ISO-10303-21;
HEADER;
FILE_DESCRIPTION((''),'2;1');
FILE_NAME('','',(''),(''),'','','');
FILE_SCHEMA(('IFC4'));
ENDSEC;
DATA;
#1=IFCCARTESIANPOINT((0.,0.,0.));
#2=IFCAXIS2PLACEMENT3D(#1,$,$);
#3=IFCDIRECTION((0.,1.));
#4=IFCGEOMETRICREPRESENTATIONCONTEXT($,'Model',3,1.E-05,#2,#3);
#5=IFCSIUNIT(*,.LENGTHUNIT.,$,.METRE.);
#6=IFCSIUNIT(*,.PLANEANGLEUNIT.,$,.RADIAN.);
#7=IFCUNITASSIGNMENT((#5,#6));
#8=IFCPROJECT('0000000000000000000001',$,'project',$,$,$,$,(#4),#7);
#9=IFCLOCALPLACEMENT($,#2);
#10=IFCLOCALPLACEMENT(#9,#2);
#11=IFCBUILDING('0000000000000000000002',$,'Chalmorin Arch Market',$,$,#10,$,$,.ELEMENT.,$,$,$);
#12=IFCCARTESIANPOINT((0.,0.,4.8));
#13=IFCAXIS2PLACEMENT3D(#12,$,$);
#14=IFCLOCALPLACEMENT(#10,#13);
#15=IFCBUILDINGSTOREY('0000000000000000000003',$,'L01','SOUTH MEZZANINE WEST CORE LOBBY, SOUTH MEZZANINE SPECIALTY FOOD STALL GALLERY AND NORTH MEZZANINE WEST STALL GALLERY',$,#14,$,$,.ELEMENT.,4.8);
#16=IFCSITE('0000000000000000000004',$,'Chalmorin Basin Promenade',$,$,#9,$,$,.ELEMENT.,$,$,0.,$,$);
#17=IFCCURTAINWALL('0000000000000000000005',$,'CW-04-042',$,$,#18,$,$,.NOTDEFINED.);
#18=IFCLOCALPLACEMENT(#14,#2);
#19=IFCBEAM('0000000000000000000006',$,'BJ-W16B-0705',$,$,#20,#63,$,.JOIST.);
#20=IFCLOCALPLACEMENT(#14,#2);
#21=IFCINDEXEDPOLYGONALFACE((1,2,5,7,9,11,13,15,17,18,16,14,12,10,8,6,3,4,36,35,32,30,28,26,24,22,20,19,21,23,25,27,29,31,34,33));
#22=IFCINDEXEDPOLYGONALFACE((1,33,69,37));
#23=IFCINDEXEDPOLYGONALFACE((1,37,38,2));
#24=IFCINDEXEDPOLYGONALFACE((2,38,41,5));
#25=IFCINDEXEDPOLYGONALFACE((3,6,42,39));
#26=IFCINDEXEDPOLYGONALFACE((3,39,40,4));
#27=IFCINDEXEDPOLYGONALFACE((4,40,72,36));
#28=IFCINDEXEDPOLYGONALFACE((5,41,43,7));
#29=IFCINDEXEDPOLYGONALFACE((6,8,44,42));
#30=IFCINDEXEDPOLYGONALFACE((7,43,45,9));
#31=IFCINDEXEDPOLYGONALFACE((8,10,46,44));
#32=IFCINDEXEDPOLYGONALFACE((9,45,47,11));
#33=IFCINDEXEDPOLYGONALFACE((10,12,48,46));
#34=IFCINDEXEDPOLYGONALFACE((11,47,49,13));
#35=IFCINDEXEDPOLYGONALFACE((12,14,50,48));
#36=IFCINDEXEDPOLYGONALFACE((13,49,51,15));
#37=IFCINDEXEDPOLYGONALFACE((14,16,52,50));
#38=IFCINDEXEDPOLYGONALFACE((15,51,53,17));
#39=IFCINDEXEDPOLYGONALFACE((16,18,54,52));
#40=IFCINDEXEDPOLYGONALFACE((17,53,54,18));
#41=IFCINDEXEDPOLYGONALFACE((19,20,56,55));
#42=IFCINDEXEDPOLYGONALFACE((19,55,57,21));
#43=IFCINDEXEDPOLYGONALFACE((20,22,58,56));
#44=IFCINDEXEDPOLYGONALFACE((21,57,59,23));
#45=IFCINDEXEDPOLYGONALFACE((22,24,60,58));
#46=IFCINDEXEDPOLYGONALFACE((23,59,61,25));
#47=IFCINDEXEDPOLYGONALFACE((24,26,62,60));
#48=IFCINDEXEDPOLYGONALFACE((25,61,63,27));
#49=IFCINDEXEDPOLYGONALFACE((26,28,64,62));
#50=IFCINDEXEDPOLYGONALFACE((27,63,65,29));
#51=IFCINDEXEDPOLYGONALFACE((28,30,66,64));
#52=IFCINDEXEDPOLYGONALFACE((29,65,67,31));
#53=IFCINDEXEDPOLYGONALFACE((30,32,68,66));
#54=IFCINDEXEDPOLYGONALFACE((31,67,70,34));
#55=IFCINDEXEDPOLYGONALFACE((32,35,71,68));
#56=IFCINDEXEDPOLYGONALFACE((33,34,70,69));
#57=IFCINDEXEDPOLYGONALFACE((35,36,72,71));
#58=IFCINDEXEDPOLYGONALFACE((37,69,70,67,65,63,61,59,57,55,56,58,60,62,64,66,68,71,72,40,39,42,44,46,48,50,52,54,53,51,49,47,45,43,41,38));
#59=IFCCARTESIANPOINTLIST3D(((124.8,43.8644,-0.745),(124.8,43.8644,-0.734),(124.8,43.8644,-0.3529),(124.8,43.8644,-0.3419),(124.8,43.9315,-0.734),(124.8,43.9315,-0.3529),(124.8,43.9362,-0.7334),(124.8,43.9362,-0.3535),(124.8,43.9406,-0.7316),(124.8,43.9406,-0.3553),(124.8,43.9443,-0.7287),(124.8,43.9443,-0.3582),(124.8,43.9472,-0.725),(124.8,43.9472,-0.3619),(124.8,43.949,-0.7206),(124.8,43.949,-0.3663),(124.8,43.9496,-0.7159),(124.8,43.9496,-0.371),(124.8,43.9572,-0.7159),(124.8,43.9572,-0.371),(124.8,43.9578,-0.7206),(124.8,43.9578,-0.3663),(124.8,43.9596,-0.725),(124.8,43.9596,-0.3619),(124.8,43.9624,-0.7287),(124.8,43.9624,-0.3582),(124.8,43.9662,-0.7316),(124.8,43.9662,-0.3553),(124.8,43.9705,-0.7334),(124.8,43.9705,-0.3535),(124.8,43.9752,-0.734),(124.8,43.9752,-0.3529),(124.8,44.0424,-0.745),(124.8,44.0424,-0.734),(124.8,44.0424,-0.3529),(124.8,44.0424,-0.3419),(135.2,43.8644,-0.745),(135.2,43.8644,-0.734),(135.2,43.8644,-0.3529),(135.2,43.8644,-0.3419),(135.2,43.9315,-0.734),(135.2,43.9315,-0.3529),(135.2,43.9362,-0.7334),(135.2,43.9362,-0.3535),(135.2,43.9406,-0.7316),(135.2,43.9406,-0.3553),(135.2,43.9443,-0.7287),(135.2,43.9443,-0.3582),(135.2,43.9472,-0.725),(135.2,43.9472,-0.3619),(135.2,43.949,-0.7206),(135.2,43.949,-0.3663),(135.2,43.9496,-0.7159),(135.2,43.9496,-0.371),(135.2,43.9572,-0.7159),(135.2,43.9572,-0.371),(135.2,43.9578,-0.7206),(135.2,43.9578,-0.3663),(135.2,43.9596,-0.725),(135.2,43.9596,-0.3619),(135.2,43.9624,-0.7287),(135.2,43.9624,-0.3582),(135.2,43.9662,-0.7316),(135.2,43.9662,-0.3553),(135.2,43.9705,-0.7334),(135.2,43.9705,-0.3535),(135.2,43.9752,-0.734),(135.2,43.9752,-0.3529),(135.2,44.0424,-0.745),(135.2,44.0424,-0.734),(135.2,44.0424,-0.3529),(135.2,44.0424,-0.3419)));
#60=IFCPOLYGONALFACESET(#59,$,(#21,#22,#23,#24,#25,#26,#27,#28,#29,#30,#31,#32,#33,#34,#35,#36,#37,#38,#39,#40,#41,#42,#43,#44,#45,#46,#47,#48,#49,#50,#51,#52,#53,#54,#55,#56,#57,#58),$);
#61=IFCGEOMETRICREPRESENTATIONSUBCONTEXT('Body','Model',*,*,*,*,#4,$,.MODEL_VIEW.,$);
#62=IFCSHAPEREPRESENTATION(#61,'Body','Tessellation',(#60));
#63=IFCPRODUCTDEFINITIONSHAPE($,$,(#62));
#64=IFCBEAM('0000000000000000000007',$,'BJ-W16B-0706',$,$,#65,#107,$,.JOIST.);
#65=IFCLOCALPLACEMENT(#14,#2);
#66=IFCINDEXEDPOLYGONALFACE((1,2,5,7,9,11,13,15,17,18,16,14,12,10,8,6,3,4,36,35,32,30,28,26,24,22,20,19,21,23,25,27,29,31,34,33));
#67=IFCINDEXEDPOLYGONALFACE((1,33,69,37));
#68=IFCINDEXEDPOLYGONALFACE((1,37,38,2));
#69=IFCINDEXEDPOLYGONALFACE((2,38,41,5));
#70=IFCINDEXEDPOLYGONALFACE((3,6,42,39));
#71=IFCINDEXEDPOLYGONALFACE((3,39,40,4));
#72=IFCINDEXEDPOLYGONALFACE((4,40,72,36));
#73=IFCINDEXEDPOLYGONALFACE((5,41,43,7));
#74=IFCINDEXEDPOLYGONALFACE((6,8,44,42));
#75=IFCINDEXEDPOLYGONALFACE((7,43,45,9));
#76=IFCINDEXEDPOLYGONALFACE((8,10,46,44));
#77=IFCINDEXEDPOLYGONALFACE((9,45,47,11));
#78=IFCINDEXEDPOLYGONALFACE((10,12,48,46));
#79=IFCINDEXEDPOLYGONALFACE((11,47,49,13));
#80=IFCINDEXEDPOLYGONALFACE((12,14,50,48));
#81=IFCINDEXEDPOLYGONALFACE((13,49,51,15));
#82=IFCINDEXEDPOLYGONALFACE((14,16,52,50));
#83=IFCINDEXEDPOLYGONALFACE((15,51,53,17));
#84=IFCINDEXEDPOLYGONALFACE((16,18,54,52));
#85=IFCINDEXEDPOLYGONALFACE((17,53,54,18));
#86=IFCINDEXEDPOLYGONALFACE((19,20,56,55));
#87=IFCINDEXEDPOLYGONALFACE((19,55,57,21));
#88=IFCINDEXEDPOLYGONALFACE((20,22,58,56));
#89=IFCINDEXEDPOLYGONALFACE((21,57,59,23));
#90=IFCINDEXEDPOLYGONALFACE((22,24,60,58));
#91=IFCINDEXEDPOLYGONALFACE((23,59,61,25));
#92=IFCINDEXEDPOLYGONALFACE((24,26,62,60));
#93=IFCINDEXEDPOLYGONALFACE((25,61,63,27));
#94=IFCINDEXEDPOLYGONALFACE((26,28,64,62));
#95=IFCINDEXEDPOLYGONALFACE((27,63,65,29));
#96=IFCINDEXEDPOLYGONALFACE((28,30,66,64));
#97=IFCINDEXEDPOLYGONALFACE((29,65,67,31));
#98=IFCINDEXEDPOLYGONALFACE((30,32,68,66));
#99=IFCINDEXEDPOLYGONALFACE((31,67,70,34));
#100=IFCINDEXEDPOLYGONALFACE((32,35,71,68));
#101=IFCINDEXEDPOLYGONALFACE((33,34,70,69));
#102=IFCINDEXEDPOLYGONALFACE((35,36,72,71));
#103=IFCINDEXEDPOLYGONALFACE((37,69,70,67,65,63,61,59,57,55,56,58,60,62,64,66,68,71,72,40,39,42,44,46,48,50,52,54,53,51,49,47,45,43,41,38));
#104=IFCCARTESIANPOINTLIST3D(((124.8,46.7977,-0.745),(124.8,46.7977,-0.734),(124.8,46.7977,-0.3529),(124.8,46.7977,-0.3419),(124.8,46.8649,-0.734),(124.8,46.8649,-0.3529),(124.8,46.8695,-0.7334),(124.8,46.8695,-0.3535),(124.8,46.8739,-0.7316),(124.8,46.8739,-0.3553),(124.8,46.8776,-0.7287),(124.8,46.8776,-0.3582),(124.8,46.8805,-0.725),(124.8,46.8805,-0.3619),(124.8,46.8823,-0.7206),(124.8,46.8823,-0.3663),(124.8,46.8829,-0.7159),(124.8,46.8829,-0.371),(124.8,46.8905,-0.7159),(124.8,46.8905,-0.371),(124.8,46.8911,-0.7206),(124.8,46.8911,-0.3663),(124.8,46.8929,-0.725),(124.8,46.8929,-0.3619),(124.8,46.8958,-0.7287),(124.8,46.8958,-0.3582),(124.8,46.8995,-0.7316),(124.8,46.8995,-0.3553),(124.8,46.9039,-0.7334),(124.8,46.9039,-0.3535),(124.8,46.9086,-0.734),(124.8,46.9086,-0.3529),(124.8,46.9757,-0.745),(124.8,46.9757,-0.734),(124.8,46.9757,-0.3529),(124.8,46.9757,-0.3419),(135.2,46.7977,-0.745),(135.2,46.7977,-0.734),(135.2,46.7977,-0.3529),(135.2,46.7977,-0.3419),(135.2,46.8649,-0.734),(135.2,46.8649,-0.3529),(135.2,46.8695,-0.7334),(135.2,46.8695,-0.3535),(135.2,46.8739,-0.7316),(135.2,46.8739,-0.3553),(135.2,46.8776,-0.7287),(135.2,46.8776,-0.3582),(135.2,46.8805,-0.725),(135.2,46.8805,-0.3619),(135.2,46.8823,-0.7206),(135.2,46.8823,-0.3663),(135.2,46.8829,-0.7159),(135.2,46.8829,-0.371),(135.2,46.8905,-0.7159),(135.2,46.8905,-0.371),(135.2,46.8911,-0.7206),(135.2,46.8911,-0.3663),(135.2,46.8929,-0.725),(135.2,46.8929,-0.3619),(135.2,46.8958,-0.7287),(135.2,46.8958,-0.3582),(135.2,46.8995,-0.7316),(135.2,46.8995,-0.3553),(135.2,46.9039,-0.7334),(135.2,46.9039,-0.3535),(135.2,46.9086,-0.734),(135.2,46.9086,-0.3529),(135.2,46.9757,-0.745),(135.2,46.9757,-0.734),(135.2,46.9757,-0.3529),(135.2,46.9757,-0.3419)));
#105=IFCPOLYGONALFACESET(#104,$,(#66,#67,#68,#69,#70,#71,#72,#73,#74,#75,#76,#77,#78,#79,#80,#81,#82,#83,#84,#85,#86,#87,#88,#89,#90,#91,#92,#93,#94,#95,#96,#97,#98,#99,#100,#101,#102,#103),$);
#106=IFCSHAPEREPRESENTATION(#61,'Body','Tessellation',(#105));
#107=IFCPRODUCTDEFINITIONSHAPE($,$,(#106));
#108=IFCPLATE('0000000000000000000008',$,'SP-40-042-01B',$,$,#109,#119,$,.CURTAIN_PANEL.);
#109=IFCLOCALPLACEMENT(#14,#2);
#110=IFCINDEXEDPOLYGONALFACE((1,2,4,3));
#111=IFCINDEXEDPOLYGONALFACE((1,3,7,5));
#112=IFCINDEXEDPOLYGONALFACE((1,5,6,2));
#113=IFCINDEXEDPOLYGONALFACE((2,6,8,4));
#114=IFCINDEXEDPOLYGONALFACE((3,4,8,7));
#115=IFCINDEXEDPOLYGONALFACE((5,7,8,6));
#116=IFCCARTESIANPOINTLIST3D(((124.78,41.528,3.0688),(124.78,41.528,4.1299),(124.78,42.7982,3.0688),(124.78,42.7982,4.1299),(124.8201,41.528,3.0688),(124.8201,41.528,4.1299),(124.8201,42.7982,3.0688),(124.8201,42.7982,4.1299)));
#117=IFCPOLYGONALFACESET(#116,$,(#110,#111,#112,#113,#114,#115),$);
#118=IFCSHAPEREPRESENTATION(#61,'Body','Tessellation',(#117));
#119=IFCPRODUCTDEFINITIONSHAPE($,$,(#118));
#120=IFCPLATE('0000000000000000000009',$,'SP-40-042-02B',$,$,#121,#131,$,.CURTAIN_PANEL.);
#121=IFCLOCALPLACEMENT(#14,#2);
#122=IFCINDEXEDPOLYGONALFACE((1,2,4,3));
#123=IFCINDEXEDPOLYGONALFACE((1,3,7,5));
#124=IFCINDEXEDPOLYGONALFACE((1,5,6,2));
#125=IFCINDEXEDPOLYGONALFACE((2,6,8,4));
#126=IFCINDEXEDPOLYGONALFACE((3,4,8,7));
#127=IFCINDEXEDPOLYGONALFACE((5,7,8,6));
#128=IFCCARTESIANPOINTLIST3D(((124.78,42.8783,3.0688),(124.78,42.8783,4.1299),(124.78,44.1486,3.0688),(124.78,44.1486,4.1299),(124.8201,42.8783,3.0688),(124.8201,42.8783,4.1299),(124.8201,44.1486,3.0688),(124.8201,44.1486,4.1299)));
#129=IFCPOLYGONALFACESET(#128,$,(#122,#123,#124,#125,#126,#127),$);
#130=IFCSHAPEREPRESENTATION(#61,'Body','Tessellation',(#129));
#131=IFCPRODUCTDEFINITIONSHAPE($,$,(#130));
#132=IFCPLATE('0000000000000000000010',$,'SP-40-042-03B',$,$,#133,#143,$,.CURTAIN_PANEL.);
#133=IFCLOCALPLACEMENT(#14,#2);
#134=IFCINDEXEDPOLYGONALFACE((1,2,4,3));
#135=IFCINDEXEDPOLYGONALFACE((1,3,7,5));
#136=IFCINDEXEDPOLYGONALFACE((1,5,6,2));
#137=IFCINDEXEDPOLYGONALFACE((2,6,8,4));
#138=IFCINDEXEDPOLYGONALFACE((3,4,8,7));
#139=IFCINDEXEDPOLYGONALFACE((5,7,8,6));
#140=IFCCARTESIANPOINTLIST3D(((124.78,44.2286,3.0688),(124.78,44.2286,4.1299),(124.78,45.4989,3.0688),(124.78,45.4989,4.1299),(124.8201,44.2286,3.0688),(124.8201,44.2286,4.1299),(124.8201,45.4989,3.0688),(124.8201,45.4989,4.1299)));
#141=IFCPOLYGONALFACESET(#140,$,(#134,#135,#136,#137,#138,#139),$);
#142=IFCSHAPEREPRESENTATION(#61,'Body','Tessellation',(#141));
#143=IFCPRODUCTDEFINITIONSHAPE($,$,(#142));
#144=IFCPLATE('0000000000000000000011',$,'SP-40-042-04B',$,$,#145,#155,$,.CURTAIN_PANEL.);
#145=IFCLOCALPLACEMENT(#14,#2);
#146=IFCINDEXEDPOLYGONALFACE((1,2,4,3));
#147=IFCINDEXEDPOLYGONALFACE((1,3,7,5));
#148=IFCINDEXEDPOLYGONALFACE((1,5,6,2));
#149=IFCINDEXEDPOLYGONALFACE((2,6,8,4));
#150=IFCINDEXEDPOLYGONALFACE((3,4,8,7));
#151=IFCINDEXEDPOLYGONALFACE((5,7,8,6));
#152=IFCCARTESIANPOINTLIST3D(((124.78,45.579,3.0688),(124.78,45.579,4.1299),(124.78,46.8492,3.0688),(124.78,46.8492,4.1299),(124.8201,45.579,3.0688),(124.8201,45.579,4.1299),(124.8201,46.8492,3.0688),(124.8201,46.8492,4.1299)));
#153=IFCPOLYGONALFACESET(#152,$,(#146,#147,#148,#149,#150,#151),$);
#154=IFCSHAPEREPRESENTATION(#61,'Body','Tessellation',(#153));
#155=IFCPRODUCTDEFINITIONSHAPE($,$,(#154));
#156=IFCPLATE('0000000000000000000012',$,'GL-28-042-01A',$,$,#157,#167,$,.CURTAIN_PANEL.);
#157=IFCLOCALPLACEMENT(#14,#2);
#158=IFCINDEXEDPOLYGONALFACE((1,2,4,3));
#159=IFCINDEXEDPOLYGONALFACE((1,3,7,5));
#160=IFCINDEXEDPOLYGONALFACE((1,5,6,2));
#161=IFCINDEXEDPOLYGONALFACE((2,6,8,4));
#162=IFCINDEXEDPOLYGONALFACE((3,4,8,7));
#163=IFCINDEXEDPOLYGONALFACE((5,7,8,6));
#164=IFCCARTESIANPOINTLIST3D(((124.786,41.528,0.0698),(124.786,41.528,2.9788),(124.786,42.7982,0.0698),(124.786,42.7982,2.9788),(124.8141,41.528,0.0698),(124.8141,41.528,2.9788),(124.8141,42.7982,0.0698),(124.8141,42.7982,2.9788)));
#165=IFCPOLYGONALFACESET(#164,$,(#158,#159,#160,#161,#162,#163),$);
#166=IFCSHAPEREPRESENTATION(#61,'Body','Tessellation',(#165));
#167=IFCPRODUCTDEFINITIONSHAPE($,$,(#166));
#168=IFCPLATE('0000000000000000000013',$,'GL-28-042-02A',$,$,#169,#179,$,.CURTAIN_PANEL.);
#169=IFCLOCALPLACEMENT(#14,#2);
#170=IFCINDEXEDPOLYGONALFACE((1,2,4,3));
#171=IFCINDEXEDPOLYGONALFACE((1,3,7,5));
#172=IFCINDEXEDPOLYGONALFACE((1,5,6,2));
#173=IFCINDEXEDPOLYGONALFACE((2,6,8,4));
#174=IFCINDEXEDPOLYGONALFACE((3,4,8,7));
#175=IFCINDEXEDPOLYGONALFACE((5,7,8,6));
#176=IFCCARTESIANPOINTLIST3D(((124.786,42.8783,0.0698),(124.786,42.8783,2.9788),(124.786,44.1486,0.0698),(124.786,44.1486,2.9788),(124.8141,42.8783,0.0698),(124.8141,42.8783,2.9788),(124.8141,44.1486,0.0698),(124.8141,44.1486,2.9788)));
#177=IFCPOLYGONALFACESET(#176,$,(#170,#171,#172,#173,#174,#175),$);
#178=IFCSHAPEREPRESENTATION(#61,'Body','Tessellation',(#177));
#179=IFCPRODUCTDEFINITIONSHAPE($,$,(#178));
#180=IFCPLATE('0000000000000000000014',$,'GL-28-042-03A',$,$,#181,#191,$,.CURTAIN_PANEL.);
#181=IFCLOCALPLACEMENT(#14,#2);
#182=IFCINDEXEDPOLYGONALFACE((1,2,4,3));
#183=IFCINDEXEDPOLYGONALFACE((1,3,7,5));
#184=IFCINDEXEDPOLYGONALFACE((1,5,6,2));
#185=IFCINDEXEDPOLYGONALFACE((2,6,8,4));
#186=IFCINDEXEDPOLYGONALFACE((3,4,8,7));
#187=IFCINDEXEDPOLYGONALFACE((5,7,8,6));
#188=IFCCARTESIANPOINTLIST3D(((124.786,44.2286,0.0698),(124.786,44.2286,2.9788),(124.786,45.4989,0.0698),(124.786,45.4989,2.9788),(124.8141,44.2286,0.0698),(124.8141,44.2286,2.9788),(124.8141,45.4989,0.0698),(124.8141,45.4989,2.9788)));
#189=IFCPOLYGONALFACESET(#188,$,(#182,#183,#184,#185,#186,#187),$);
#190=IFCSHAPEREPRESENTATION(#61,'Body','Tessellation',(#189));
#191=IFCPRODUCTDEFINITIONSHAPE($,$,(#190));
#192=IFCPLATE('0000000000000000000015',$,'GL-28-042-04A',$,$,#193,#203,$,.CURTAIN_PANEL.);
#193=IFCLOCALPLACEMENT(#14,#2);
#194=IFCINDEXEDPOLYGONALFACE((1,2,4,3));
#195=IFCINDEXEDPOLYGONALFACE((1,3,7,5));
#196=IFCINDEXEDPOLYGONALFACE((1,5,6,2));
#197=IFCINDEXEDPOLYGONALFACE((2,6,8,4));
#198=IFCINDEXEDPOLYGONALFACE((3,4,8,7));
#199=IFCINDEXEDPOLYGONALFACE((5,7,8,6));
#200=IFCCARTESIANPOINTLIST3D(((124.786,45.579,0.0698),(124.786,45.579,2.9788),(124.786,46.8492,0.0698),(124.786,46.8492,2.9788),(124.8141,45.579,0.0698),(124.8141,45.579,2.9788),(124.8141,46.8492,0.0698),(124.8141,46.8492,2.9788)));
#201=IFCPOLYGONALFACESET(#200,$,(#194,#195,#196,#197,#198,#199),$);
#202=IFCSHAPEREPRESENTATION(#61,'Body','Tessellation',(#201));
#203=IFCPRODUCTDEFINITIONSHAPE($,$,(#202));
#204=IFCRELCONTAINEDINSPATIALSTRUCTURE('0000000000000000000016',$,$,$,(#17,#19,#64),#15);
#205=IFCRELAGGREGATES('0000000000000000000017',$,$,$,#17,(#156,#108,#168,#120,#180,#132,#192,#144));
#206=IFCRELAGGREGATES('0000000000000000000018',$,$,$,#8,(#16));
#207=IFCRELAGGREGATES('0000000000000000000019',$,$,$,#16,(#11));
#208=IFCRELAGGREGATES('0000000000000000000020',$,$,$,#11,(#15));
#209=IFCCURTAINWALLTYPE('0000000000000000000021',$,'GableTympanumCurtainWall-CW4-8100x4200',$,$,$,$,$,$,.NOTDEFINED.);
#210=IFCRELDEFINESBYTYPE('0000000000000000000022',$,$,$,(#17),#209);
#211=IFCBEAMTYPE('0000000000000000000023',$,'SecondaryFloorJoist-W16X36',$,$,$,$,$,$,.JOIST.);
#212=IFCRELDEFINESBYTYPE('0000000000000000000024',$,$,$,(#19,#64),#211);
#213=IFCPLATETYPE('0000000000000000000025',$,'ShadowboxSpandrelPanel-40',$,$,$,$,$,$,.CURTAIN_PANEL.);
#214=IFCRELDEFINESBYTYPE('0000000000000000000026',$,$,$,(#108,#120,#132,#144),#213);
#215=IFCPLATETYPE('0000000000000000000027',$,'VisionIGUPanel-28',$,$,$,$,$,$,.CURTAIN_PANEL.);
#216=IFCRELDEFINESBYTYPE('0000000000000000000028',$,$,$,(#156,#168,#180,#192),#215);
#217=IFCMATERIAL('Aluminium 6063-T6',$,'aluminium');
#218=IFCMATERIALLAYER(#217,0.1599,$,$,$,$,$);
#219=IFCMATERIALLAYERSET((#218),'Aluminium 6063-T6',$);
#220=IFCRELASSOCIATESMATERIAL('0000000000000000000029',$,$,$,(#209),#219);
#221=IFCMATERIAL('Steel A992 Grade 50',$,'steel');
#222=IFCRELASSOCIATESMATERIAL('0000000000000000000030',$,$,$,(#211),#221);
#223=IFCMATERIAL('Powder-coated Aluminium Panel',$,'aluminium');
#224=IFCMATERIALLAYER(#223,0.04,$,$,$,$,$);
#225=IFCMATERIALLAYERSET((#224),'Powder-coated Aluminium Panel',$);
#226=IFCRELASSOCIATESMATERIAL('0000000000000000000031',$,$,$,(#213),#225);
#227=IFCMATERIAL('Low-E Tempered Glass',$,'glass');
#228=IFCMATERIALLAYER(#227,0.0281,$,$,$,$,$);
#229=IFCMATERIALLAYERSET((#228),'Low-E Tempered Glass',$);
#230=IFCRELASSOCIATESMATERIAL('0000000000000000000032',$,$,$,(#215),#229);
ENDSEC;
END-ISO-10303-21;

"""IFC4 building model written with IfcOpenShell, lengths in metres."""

from ifc_helpers import new_model, si_unit, direction, frame, origin, origin_2d, place, context, subcontext, project, spatial, rectangle, i_section, extrude, material, layer, layer_set, material_profile, profile_set, type_object, element, aggregate, save


model = new_model("IFC4")

# Units and contexts
model_context = context("Model", 3, precision=1e-05, world=origin(), true_north=direction((0.0, 1.0)))
body_context = subcontext(model_context, "Body", "Model", "MODEL_VIEW")
ifc_project = project(units=[si_unit("LENGTHUNIT", "METRE"), si_unit("PLANEANGLEUNIT", "RADIAN")], contexts=[model_context])

# Site, building, storey
site_placement = place(None, origin())
site = spatial("IfcSite", under=ifc_project, at=site_placement, Name="Chalmorin Basin Promenade", CompositionType="ELEMENT", RefElevation=0.0)
building_placement = place(site_placement, origin())
building = spatial("IfcBuilding", under=site, at=building_placement, Name="Chalmorin Arch Market", CompositionType="ELEMENT")
storey_placement = place(building_placement, frame((0.0, 0.0, 4.8)))
storey = spatial("IfcBuildingStorey", under=building, at=storey_placement, Name="L01", Description="SOUTH MEZZANINE WEST CORE LOBBY, SOUTH MEZZANINE SPECIALTY FOOD STALL GALLERY AND NORTH MEZZANINE WEST STALL GALLERY", CompositionType="ELEMENT", Elevation=4.8)

# Curtain wall
ifc_material_1 = material(Name="Aluminium 6063-T6", Category="aluminium")
ifc_layer_1 = layer(ifc_material_1, 0.1599)
ifc_layer_set_1 = layer_set([ifc_layer_1], Name="Aluminium 6063-T6")
curtain_wall_type = type_object("IfcCurtainWallType", Name="GableTympanumCurtainWall-CW4-8100x4200", PredefinedType="NOTDEFINED", material=ifc_layer_set_1)
curtain_wall_placement = place(storey_placement, origin())
curtain_wall = element("IfcCurtainWall", 1, at=curtain_wall_placement, inside=storey, type_object=curtain_wall_type, Name="CW-04-042", PredefinedType="NOTDEFINED")

# Beams
ifc_material_2 = material(Name="Steel A992 Grade 50", Category="steel")
ifc_material_profile_1 = material_profile(ifc_material_2, i_section(OverallWidth=0.178, OverallDepth=0.4031, WebThickness=0.0076, FlangeThickness=0.011, FilletRadius=0.0181, at=origin_2d()), Name="W16X36")
ifc_profile_set_1 = profile_set([ifc_material_profile_1], Name="Steel A992 Grade 50")
beam_type_1 = type_object("IfcBeamType", Name="SecondaryFloorJoist-W16X36", PredefinedType="JOIST", material=ifc_profile_set_1)
for number, where, z_axis, x_axis, name in (
    (2, (124.8, 43.9534, -0.5435), (1.0, 0.0, 0.0), (0.0, 1.0, 0.0), "BJ-W16B-0705"),
    (3, (124.8, 46.8867, -0.5435), (1.0, 0.0, 0.0), (0.0, 1.0, 0.0), "BJ-W16B-0706"),
):
    element("IfcBeam", number, at=place(storey_placement, frame(where, z_axis=z_axis, x_axis=x_axis)), inside=storey, type_object=beam_type_1, Name=name, PredefinedType="JOIST", context=body_context, shape_type="SweptSolid", body=[
        extrude(i_section(OverallWidth=0.178, OverallDepth=0.4031, WebThickness=0.0076, FlangeThickness=0.011, FilletRadius=0.0181, at=origin_2d()), origin(), (0.0, 0.0, 1.0), 10.3999),
    ])

# Plates
ifc_material_3 = material(Name="Powder-coated Aluminium Panel", Category="aluminium")
ifc_layer_2 = layer(ifc_material_3, 0.04)
ifc_layer_set_2 = layer_set([ifc_layer_2], Name="Powder-coated Aluminium Panel")
plate_type_1 = type_object("IfcPlateType", Name="ShadowboxSpandrelPanel-40", PredefinedType="CURTAIN_PANEL", material=ifc_layer_set_2)
plate_1_placement = place(storey_placement, frame((124.8, 42.1631, 3.0688), z_axis=(0.0, 0.0, 1.0), x_axis=(0.0, 1.0, 0.0)))
plate_1 = element("IfcPlate", 4, at=plate_1_placement, type_object=plate_type_1, Name="SP-40-042-01B", PredefinedType="CURTAIN_PANEL", context=body_context, shape_type="SweptSolid", body=[
    extrude(rectangle(XDim=1.2703, YDim=0.04, at=origin_2d()), origin(), (0.0, 0.0, 1.0), 1.061),
])
plate_2_placement = place(storey_placement, frame((124.8, 43.5134, 3.0688), z_axis=(0.0, 0.0, 1.0), x_axis=(0.0, 1.0, 0.0)))
plate_2 = element("IfcPlate", 5, at=plate_2_placement, type_object=plate_type_1, Name="SP-40-042-02B", PredefinedType="CURTAIN_PANEL", context=body_context, shape_type="SweptSolid", body=[
    extrude(rectangle(XDim=1.2703, YDim=0.04, at=origin_2d()), origin(), (0.0, 0.0, 1.0), 1.061),
])
plate_3_placement = place(storey_placement, frame((124.8, 44.8638, 3.0688), z_axis=(0.0, 0.0, 1.0), x_axis=(0.0, 1.0, 0.0)))
plate_3 = element("IfcPlate", 6, at=plate_3_placement, type_object=plate_type_1, Name="SP-40-042-03B", PredefinedType="CURTAIN_PANEL", context=body_context, shape_type="SweptSolid", body=[
    extrude(rectangle(XDim=1.2703, YDim=0.04, at=origin_2d()), origin(), (0.0, 0.0, 1.0), 1.061),
])
plate_4_placement = place(storey_placement, frame((124.8, 46.2141, 3.0688), z_axis=(0.0, 0.0, 1.0), x_axis=(0.0, 1.0, 0.0)))
plate_4 = element("IfcPlate", 7, at=plate_4_placement, type_object=plate_type_1, Name="SP-40-042-04B", PredefinedType="CURTAIN_PANEL", context=body_context, shape_type="SweptSolid", body=[
    extrude(rectangle(XDim=1.2703, YDim=0.04, at=origin_2d()), origin(), (0.0, 0.0, 1.0), 1.061),
])
ifc_material_4 = material(Name="Low-E Tempered Glass", Category="glass")
ifc_layer_3 = layer(ifc_material_4, 0.0281)
ifc_layer_set_3 = layer_set([ifc_layer_3], Name="Low-E Tempered Glass")
plate_type_2 = type_object("IfcPlateType", Name="VisionIGUPanel-28", PredefinedType="CURTAIN_PANEL", material=ifc_layer_set_3)
plate_5_placement = place(storey_placement, frame((124.8, 42.1631, 0.0698), z_axis=(0.0, 0.0, 1.0), x_axis=(0.0, 1.0, 0.0)))
plate_5 = element("IfcPlate", 8, at=plate_5_placement, type_object=plate_type_2, Name="GL-28-042-01A", PredefinedType="CURTAIN_PANEL", context=body_context, shape_type="SweptSolid", body=[
    extrude(rectangle(XDim=1.2703, YDim=0.0281, at=origin_2d()), origin(), (0.0, 0.0, 1.0), 2.9089),
])
plate_6_placement = place(storey_placement, frame((124.8, 43.5134, 0.0698), z_axis=(0.0, 0.0, 1.0), x_axis=(0.0, 1.0, 0.0)))
plate_6 = element("IfcPlate", 9, at=plate_6_placement, type_object=plate_type_2, Name="GL-28-042-02A", PredefinedType="CURTAIN_PANEL", context=body_context, shape_type="SweptSolid", body=[
    extrude(rectangle(XDim=1.2703, YDim=0.0281, at=origin_2d()), origin(), (0.0, 0.0, 1.0), 2.9089),
])
plate_7_placement = place(storey_placement, frame((124.8, 44.8638, 0.0698), z_axis=(0.0, 0.0, 1.0), x_axis=(0.0, 1.0, 0.0)))
plate_7 = element("IfcPlate", 10, at=plate_7_placement, type_object=plate_type_2, Name="GL-28-042-03A", PredefinedType="CURTAIN_PANEL", context=body_context, shape_type="SweptSolid", body=[
    extrude(rectangle(XDim=1.2703, YDim=0.0281, at=origin_2d()), origin(), (0.0, 0.0, 1.0), 2.9089),
])
plate_8_placement = place(storey_placement, frame((124.8, 46.2141, 0.0698), z_axis=(0.0, 0.0, 1.0), x_axis=(0.0, 1.0, 0.0)))
plate_8 = element("IfcPlate", 11, at=plate_8_placement, type_object=plate_type_2, Name="GL-28-042-04A", PredefinedType="CURTAIN_PANEL", context=body_context, shape_type="SweptSolid", body=[
    extrude(rectangle(XDim=1.2703, YDim=0.0281, at=origin_2d()), origin(), (0.0, 0.0, 1.0), 2.9089),
])
aggregate(curtain_wall, [plate_5, plate_1, plate_6, plate_2, plate_7, plate_3, plate_8, plate_4])

save(model, "model.ifc")
